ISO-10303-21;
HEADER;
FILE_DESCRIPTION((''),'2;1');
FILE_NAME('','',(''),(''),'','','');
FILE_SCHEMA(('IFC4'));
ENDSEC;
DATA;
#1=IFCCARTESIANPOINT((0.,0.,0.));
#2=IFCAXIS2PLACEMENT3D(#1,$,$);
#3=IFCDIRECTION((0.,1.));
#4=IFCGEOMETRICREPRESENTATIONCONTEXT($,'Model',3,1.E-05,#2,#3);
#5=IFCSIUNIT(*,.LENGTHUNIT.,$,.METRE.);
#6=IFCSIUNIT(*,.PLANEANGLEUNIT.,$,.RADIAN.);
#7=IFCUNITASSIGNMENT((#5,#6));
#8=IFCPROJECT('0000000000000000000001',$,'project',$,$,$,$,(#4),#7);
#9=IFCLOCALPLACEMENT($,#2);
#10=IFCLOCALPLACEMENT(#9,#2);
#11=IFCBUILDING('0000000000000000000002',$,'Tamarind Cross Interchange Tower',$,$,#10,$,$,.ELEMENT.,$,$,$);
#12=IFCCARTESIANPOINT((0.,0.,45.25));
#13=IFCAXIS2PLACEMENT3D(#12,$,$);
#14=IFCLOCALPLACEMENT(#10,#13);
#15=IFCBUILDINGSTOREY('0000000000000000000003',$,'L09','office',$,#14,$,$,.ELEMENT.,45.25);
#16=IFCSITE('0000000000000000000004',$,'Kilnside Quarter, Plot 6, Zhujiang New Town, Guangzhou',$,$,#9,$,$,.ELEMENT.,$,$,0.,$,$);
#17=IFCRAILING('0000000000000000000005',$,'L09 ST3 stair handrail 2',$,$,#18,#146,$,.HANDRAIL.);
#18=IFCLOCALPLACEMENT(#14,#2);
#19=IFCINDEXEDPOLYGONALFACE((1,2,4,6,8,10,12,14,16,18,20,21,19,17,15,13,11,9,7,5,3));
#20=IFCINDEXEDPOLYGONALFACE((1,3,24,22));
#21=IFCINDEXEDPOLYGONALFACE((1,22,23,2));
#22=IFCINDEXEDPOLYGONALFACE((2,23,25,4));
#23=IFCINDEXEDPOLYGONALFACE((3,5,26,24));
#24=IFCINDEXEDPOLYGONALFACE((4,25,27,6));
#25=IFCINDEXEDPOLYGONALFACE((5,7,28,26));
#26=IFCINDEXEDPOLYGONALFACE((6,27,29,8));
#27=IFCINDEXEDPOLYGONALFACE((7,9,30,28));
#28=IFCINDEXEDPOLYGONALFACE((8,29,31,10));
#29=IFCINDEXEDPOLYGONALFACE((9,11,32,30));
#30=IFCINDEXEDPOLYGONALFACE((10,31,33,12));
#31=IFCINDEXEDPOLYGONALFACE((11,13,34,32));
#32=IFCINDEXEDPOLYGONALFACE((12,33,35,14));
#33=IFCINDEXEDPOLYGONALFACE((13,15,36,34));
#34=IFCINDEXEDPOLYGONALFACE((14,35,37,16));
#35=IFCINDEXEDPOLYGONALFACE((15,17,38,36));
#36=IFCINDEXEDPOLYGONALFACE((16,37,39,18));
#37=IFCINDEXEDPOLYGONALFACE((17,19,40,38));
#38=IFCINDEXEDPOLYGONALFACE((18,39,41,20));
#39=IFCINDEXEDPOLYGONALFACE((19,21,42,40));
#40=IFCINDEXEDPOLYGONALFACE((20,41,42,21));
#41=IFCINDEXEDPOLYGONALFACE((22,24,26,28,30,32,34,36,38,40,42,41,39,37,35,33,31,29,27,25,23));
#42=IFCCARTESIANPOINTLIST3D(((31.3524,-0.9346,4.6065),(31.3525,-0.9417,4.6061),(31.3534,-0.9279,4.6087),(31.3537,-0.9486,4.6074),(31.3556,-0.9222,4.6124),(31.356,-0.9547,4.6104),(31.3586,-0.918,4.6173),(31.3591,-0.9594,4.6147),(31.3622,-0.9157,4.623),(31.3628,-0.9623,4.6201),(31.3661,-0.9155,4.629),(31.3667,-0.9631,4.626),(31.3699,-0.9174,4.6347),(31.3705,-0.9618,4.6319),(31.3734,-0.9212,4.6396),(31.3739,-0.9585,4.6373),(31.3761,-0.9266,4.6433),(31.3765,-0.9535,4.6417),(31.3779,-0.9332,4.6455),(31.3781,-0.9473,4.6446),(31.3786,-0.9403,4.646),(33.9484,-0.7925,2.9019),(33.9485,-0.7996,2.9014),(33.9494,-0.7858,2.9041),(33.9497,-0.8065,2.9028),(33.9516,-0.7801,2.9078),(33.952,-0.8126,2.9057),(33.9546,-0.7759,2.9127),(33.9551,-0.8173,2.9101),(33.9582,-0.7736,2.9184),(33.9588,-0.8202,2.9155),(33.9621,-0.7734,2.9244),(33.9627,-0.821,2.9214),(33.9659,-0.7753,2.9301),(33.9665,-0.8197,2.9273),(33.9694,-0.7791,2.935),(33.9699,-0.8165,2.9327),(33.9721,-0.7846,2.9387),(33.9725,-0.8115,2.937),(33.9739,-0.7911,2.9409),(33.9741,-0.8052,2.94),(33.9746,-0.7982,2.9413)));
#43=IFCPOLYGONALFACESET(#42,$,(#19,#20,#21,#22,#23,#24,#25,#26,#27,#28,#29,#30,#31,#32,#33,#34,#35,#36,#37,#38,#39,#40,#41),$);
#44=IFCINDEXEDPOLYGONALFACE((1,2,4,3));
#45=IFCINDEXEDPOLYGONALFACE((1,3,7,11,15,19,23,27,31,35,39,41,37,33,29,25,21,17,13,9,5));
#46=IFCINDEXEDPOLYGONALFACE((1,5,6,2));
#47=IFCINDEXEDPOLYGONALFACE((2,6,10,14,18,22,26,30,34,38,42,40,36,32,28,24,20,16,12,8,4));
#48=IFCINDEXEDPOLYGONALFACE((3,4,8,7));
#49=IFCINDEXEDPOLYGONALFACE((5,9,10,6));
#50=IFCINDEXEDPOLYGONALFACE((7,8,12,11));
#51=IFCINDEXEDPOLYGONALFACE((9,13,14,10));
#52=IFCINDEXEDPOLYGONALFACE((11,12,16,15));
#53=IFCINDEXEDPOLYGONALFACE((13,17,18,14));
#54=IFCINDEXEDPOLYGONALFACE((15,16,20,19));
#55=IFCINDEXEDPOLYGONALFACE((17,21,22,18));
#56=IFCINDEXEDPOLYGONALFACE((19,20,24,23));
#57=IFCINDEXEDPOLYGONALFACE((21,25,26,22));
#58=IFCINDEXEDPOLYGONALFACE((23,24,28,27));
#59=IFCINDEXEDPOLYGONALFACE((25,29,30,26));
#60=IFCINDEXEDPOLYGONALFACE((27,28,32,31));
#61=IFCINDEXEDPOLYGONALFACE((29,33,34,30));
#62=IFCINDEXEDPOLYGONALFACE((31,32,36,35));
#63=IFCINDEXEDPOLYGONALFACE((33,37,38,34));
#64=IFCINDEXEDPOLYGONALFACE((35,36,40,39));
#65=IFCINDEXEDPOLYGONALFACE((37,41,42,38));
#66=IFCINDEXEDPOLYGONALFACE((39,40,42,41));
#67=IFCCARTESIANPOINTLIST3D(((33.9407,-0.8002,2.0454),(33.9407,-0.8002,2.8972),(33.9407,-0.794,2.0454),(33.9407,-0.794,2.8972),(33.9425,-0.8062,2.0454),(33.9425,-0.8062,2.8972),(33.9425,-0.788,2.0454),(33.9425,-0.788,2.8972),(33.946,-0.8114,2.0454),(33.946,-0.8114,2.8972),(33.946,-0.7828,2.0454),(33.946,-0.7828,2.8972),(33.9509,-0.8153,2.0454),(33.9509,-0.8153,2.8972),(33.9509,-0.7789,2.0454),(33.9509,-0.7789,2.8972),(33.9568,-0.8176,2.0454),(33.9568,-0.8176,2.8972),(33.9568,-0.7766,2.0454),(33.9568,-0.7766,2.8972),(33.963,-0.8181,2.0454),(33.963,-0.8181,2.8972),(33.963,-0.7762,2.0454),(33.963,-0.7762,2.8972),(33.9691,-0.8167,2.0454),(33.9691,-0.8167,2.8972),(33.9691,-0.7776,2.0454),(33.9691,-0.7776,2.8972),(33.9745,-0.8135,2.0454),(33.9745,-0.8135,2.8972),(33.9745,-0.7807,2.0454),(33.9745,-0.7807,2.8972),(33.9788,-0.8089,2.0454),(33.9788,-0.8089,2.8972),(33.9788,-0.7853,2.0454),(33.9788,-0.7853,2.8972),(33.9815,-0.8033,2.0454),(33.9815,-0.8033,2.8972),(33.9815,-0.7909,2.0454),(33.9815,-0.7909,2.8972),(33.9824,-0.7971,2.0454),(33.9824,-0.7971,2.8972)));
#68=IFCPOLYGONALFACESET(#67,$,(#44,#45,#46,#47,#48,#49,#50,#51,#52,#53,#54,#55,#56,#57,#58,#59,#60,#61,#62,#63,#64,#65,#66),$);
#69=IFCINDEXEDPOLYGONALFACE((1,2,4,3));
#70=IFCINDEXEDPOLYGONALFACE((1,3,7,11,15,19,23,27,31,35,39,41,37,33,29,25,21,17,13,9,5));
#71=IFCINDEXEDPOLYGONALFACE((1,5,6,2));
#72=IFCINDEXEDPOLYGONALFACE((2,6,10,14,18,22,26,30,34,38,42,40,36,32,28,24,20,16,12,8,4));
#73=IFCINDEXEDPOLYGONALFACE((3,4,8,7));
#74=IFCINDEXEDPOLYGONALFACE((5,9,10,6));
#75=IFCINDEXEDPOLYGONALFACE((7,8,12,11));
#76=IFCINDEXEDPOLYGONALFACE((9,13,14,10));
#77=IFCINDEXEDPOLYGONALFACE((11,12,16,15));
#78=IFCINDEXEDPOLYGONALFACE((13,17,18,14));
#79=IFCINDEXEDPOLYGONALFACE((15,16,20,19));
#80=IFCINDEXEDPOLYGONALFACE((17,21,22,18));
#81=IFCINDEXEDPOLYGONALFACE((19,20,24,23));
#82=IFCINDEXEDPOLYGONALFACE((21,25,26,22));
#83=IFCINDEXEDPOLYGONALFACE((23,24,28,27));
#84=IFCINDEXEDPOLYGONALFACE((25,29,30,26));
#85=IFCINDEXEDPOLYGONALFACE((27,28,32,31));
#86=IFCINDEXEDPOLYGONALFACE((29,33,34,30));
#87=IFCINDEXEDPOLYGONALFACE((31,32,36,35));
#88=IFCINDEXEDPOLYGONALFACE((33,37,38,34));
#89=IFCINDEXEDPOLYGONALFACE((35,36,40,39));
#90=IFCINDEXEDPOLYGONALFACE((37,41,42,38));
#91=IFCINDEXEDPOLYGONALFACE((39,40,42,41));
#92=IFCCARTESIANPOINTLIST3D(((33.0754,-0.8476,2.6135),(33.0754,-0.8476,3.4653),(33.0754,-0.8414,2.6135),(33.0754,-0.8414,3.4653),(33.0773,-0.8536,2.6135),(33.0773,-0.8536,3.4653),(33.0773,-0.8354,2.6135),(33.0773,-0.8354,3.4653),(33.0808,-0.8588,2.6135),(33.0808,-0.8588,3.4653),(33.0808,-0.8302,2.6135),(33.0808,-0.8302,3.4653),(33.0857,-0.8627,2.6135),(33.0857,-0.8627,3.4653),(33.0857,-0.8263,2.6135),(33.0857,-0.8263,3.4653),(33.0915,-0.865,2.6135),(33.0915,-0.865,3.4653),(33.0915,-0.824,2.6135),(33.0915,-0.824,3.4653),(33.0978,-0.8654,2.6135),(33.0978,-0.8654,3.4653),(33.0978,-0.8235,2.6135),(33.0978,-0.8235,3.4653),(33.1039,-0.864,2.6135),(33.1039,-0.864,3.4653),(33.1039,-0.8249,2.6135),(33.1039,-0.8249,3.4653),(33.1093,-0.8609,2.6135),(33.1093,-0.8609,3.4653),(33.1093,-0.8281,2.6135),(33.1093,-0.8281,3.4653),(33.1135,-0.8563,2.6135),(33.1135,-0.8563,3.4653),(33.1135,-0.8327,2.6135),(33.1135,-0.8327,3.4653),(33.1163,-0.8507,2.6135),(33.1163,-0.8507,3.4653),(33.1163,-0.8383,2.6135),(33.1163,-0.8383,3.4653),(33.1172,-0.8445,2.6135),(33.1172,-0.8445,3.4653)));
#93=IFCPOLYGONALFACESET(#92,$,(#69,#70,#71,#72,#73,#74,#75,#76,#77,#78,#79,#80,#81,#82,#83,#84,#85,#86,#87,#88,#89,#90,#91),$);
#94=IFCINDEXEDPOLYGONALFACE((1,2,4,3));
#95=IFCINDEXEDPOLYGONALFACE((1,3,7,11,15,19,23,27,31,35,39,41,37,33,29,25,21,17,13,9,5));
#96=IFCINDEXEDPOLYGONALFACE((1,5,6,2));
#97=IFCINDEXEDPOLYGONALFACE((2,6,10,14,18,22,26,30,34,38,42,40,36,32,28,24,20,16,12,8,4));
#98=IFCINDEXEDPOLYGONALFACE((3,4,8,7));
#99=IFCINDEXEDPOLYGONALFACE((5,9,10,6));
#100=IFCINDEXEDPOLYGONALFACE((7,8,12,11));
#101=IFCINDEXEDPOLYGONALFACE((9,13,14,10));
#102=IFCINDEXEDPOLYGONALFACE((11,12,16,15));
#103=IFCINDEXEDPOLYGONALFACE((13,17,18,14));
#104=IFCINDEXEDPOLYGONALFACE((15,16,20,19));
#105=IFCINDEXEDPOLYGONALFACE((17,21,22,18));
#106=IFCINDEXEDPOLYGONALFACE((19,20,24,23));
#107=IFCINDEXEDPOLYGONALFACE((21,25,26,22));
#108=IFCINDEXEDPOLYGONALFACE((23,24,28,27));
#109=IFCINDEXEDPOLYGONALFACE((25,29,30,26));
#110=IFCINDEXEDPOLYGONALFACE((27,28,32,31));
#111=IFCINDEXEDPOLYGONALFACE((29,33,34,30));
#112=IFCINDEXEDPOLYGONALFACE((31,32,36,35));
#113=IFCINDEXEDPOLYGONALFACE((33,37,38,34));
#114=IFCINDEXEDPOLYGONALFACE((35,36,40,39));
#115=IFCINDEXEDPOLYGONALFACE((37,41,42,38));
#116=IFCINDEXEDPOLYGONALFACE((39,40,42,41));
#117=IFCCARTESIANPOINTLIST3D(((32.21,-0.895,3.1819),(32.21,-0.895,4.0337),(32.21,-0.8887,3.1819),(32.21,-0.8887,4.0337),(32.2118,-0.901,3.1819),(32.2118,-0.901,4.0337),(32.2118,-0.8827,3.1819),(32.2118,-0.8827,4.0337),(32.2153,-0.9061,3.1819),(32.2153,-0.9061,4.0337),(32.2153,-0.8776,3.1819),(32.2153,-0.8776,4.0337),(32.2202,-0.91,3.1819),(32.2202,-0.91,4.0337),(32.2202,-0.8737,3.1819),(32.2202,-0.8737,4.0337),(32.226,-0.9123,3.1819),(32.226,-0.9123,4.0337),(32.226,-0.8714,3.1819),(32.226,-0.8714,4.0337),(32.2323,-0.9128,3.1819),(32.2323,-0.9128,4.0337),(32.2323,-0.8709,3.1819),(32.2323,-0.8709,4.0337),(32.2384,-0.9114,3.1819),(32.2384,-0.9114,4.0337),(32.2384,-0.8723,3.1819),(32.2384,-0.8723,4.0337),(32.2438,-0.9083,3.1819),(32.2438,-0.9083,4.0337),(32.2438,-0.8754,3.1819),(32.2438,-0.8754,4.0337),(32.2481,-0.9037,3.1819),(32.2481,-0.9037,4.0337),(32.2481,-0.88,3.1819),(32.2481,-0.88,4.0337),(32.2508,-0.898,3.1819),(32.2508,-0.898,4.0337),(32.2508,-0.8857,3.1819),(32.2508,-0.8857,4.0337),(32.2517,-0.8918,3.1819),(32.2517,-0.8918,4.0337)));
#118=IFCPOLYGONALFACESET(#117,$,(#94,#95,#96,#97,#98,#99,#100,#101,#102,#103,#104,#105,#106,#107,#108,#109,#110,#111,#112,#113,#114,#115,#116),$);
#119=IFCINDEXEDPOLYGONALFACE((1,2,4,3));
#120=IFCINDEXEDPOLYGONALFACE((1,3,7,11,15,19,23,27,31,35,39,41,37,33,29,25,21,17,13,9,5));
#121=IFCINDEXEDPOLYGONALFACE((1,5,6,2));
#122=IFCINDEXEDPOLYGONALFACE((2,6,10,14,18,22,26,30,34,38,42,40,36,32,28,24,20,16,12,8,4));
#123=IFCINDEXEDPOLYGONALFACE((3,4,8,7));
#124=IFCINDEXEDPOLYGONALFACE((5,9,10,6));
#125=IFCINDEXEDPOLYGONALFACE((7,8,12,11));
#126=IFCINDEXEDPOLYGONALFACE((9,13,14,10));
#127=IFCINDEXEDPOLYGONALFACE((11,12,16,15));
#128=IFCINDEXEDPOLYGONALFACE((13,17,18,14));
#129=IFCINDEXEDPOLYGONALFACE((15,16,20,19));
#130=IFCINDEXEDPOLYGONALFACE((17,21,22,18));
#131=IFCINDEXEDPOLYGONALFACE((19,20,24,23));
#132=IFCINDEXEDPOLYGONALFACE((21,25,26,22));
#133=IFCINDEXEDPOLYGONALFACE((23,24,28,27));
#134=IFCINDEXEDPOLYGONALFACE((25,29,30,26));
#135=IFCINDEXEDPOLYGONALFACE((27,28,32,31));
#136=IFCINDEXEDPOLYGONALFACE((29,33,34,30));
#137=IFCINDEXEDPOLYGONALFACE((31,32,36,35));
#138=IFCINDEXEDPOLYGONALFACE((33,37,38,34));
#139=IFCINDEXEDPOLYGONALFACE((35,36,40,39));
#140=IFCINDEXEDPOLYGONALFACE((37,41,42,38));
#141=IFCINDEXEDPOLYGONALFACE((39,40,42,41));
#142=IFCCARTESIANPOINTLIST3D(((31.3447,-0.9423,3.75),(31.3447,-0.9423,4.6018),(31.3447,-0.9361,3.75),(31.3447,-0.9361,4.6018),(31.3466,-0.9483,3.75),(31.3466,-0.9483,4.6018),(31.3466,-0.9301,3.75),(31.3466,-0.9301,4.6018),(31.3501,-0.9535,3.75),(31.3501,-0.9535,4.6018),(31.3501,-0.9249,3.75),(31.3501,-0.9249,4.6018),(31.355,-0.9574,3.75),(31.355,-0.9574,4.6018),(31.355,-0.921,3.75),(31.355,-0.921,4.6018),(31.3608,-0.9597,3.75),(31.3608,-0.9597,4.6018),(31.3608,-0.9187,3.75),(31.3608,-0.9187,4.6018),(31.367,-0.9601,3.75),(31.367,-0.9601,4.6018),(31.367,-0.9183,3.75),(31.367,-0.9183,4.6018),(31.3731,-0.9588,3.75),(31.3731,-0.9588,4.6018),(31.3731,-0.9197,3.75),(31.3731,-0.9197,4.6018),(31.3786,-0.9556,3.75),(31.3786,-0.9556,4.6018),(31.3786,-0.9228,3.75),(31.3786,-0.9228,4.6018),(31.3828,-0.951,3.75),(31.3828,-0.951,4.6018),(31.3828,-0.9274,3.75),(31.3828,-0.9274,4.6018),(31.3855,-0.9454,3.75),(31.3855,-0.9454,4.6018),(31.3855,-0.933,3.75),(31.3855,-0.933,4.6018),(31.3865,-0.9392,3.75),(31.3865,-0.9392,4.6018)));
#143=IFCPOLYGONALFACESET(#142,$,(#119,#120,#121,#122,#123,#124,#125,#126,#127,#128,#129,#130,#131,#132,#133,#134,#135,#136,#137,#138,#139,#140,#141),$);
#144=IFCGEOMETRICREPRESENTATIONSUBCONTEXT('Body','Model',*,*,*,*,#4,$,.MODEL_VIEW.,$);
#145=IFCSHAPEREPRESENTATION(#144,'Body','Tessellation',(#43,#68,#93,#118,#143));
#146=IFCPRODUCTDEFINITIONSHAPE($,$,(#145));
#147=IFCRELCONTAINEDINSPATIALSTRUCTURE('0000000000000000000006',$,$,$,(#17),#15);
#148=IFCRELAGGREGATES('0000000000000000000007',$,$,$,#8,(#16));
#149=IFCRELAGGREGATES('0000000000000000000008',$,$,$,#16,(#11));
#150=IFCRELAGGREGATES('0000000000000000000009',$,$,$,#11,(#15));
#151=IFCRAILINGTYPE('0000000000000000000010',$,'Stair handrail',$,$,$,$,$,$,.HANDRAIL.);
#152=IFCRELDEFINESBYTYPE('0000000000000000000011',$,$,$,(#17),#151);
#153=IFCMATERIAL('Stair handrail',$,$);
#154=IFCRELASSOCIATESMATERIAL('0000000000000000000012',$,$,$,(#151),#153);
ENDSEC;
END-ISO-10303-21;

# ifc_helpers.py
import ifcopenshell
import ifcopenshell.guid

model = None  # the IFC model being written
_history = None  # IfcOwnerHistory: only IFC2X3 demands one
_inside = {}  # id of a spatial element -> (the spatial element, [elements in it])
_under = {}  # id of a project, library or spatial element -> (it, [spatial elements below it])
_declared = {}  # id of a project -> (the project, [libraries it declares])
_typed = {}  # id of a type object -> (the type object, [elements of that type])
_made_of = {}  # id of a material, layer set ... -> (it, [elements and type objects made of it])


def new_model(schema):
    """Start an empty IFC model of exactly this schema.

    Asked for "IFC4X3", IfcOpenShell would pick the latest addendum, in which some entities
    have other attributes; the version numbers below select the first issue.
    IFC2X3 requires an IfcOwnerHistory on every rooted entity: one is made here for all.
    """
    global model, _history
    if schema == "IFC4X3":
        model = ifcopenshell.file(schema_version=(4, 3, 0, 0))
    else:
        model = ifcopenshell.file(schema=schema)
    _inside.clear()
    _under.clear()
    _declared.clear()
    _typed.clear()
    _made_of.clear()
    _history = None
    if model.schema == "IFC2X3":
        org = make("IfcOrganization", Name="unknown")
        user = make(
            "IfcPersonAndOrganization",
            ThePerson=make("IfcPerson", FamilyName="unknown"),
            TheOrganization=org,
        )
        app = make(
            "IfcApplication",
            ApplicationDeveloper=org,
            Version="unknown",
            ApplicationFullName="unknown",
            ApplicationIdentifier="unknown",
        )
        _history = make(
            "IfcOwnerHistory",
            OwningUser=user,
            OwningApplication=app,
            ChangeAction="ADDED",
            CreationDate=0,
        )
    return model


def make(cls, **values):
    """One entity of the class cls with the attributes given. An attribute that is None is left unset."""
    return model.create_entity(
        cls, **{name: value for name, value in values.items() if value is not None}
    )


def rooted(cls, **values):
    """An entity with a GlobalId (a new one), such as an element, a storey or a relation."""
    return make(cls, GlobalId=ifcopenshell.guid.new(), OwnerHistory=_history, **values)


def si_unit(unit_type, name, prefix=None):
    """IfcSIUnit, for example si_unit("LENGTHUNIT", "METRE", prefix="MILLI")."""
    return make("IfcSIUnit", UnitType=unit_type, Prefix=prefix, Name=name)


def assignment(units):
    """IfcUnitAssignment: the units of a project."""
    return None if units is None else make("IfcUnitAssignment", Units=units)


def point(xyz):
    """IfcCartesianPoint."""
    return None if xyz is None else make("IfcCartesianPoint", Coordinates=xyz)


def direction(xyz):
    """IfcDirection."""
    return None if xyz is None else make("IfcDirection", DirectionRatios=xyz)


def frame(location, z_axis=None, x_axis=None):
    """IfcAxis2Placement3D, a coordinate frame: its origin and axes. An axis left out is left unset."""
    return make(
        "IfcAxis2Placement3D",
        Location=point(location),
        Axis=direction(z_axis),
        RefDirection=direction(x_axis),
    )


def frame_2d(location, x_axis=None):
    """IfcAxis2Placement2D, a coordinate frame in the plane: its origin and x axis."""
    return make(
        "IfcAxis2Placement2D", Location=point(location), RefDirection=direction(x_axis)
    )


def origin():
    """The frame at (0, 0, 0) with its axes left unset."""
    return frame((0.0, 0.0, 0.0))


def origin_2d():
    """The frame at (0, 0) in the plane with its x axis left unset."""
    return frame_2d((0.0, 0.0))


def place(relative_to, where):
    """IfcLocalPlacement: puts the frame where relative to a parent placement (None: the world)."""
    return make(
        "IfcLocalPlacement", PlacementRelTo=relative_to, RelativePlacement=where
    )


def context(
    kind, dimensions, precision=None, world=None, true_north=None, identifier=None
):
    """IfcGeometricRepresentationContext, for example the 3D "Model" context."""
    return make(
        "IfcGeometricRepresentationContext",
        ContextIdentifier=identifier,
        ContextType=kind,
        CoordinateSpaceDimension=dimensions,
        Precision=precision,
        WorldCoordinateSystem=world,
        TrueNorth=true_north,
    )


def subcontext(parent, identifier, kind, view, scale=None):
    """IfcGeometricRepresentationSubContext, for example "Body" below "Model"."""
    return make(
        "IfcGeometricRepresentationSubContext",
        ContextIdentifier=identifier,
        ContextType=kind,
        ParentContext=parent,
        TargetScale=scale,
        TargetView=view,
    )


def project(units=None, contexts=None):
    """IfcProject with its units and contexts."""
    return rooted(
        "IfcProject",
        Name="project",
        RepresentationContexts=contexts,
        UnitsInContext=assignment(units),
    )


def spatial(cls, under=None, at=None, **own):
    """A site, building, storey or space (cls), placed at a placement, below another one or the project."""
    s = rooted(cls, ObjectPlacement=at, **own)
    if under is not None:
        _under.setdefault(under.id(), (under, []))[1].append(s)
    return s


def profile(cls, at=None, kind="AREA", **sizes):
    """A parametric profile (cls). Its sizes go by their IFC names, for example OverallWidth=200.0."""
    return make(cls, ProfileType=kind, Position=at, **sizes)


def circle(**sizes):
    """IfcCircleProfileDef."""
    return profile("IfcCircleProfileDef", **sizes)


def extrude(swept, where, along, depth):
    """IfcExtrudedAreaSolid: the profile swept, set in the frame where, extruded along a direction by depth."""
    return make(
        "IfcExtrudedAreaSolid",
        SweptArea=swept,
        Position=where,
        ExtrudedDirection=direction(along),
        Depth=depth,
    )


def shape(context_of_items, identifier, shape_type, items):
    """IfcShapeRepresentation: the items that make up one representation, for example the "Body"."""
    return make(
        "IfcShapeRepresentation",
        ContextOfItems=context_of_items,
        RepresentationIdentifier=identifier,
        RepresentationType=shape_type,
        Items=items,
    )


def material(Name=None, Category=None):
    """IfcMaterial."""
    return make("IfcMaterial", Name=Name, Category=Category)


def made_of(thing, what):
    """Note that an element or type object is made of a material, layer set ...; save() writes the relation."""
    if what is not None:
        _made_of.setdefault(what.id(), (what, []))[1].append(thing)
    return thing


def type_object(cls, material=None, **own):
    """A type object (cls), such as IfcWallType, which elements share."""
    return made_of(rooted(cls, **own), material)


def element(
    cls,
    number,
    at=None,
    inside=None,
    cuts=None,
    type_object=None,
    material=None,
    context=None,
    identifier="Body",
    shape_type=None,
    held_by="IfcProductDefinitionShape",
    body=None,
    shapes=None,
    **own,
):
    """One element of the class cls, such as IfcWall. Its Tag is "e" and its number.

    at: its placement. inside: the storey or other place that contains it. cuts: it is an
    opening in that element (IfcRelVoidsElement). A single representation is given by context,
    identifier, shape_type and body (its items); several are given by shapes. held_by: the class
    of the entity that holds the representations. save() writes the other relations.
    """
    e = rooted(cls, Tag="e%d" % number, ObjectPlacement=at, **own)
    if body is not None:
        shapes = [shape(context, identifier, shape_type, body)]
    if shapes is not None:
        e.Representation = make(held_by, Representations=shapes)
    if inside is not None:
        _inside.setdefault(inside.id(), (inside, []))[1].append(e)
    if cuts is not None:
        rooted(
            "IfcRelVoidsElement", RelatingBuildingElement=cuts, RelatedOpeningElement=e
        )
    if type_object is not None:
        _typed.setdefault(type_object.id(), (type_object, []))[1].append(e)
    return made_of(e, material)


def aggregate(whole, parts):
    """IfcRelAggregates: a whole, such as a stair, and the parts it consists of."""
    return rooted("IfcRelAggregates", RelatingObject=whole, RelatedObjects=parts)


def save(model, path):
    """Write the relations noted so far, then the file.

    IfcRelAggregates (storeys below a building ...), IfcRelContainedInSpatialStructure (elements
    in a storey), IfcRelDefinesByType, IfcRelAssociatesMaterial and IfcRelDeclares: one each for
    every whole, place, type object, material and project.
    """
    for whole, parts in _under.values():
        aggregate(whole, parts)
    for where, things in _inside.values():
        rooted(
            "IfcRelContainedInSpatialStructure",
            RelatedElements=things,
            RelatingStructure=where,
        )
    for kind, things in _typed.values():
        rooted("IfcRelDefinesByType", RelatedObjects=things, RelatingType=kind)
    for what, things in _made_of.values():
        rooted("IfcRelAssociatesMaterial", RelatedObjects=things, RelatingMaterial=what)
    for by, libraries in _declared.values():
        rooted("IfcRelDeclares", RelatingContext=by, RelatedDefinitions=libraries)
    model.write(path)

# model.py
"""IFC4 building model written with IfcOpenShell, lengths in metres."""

from ifc_helpers import new_model, si_unit, direction, frame, origin, origin_2d, place, context, subcontext, project, spatial, circle, extrude, material, type_object, element, save


model = new_model("IFC4")

# Units and contexts
model_context = context("Model", 3, precision=1e-05, world=origin(), true_north=direction((0.0, 1.0)))
body_context = subcontext(model_context, "Body", "Model", "MODEL_VIEW")
ifc_project = project(units=[si_unit("LENGTHUNIT", "METRE"), si_unit("PLANEANGLEUNIT", "RADIAN")], contexts=[model_context])

# Site, building, storey
site_placement = place(None, origin())
site = spatial("IfcSite", under=ifc_project, at=site_placement, Name="Kilnside Quarter, Plot 6, Zhujiang New Town, Guangzhou", CompositionType="ELEMENT", RefElevation=0.0)
building_placement = place(site_placement, origin())
building = spatial("IfcBuilding", under=site, at=building_placement, Name="Tamarind Cross Interchange Tower", CompositionType="ELEMENT")
storey_placement = place(building_placement, frame((0.0, 0.0, 45.25)))
storey = spatial("IfcBuildingStorey", under=building, at=storey_placement, Name="L09", Description="office", CompositionType="ELEMENT", Elevation=45.25)

# Railing
ifc_material_1 = material(Name="Stair handrail")
railing_type_1 = type_object("IfcRailingType", Name="Stair handrail", PredefinedType="HANDRAIL", material=ifc_material_1)
railing_1_placement = place(storey_placement, frame((33.9614, -0.7971, 2.0454)))
element("IfcRailing", 1, at=railing_1_placement, inside=storey, type_object=railing_type_1, Name="L09 ST3 stair handrail 2", PredefinedType="HANDRAIL", context=body_context, shape_type="SweptSolid", body=[
    extrude(circle(Radius=0.0239, at=origin_2d()), frame((0.0, 0.0, 0.876), z_axis=(-0.835027, -0.045705, 0.548308), x_axis=(0.054653, -0.998505, 0.0)), (0.0, 0.0, 1.0), 3.1089),
    extrude(circle(Radius=0.021, at=origin_2d()), origin(), (0.0, 0.0, 1.0), 0.8518),
    extrude(circle(Radius=0.021, at=origin_2d()), frame((-0.8652, -0.0474, 0.5681)), (0.0, 0.0, 1.0), 0.8518),
    extrude(circle(Radius=0.021, at=origin_2d()), frame((-1.7307, -0.0947, 1.1365)), (0.0, 0.0, 1.0), 0.8518),
    extrude(circle(Radius=0.021, at=origin_2d()), frame((-2.5959, -0.1421, 1.7046)), (0.0, 0.0, 1.0), 0.8518),
])

save(model, "model.ifc")
